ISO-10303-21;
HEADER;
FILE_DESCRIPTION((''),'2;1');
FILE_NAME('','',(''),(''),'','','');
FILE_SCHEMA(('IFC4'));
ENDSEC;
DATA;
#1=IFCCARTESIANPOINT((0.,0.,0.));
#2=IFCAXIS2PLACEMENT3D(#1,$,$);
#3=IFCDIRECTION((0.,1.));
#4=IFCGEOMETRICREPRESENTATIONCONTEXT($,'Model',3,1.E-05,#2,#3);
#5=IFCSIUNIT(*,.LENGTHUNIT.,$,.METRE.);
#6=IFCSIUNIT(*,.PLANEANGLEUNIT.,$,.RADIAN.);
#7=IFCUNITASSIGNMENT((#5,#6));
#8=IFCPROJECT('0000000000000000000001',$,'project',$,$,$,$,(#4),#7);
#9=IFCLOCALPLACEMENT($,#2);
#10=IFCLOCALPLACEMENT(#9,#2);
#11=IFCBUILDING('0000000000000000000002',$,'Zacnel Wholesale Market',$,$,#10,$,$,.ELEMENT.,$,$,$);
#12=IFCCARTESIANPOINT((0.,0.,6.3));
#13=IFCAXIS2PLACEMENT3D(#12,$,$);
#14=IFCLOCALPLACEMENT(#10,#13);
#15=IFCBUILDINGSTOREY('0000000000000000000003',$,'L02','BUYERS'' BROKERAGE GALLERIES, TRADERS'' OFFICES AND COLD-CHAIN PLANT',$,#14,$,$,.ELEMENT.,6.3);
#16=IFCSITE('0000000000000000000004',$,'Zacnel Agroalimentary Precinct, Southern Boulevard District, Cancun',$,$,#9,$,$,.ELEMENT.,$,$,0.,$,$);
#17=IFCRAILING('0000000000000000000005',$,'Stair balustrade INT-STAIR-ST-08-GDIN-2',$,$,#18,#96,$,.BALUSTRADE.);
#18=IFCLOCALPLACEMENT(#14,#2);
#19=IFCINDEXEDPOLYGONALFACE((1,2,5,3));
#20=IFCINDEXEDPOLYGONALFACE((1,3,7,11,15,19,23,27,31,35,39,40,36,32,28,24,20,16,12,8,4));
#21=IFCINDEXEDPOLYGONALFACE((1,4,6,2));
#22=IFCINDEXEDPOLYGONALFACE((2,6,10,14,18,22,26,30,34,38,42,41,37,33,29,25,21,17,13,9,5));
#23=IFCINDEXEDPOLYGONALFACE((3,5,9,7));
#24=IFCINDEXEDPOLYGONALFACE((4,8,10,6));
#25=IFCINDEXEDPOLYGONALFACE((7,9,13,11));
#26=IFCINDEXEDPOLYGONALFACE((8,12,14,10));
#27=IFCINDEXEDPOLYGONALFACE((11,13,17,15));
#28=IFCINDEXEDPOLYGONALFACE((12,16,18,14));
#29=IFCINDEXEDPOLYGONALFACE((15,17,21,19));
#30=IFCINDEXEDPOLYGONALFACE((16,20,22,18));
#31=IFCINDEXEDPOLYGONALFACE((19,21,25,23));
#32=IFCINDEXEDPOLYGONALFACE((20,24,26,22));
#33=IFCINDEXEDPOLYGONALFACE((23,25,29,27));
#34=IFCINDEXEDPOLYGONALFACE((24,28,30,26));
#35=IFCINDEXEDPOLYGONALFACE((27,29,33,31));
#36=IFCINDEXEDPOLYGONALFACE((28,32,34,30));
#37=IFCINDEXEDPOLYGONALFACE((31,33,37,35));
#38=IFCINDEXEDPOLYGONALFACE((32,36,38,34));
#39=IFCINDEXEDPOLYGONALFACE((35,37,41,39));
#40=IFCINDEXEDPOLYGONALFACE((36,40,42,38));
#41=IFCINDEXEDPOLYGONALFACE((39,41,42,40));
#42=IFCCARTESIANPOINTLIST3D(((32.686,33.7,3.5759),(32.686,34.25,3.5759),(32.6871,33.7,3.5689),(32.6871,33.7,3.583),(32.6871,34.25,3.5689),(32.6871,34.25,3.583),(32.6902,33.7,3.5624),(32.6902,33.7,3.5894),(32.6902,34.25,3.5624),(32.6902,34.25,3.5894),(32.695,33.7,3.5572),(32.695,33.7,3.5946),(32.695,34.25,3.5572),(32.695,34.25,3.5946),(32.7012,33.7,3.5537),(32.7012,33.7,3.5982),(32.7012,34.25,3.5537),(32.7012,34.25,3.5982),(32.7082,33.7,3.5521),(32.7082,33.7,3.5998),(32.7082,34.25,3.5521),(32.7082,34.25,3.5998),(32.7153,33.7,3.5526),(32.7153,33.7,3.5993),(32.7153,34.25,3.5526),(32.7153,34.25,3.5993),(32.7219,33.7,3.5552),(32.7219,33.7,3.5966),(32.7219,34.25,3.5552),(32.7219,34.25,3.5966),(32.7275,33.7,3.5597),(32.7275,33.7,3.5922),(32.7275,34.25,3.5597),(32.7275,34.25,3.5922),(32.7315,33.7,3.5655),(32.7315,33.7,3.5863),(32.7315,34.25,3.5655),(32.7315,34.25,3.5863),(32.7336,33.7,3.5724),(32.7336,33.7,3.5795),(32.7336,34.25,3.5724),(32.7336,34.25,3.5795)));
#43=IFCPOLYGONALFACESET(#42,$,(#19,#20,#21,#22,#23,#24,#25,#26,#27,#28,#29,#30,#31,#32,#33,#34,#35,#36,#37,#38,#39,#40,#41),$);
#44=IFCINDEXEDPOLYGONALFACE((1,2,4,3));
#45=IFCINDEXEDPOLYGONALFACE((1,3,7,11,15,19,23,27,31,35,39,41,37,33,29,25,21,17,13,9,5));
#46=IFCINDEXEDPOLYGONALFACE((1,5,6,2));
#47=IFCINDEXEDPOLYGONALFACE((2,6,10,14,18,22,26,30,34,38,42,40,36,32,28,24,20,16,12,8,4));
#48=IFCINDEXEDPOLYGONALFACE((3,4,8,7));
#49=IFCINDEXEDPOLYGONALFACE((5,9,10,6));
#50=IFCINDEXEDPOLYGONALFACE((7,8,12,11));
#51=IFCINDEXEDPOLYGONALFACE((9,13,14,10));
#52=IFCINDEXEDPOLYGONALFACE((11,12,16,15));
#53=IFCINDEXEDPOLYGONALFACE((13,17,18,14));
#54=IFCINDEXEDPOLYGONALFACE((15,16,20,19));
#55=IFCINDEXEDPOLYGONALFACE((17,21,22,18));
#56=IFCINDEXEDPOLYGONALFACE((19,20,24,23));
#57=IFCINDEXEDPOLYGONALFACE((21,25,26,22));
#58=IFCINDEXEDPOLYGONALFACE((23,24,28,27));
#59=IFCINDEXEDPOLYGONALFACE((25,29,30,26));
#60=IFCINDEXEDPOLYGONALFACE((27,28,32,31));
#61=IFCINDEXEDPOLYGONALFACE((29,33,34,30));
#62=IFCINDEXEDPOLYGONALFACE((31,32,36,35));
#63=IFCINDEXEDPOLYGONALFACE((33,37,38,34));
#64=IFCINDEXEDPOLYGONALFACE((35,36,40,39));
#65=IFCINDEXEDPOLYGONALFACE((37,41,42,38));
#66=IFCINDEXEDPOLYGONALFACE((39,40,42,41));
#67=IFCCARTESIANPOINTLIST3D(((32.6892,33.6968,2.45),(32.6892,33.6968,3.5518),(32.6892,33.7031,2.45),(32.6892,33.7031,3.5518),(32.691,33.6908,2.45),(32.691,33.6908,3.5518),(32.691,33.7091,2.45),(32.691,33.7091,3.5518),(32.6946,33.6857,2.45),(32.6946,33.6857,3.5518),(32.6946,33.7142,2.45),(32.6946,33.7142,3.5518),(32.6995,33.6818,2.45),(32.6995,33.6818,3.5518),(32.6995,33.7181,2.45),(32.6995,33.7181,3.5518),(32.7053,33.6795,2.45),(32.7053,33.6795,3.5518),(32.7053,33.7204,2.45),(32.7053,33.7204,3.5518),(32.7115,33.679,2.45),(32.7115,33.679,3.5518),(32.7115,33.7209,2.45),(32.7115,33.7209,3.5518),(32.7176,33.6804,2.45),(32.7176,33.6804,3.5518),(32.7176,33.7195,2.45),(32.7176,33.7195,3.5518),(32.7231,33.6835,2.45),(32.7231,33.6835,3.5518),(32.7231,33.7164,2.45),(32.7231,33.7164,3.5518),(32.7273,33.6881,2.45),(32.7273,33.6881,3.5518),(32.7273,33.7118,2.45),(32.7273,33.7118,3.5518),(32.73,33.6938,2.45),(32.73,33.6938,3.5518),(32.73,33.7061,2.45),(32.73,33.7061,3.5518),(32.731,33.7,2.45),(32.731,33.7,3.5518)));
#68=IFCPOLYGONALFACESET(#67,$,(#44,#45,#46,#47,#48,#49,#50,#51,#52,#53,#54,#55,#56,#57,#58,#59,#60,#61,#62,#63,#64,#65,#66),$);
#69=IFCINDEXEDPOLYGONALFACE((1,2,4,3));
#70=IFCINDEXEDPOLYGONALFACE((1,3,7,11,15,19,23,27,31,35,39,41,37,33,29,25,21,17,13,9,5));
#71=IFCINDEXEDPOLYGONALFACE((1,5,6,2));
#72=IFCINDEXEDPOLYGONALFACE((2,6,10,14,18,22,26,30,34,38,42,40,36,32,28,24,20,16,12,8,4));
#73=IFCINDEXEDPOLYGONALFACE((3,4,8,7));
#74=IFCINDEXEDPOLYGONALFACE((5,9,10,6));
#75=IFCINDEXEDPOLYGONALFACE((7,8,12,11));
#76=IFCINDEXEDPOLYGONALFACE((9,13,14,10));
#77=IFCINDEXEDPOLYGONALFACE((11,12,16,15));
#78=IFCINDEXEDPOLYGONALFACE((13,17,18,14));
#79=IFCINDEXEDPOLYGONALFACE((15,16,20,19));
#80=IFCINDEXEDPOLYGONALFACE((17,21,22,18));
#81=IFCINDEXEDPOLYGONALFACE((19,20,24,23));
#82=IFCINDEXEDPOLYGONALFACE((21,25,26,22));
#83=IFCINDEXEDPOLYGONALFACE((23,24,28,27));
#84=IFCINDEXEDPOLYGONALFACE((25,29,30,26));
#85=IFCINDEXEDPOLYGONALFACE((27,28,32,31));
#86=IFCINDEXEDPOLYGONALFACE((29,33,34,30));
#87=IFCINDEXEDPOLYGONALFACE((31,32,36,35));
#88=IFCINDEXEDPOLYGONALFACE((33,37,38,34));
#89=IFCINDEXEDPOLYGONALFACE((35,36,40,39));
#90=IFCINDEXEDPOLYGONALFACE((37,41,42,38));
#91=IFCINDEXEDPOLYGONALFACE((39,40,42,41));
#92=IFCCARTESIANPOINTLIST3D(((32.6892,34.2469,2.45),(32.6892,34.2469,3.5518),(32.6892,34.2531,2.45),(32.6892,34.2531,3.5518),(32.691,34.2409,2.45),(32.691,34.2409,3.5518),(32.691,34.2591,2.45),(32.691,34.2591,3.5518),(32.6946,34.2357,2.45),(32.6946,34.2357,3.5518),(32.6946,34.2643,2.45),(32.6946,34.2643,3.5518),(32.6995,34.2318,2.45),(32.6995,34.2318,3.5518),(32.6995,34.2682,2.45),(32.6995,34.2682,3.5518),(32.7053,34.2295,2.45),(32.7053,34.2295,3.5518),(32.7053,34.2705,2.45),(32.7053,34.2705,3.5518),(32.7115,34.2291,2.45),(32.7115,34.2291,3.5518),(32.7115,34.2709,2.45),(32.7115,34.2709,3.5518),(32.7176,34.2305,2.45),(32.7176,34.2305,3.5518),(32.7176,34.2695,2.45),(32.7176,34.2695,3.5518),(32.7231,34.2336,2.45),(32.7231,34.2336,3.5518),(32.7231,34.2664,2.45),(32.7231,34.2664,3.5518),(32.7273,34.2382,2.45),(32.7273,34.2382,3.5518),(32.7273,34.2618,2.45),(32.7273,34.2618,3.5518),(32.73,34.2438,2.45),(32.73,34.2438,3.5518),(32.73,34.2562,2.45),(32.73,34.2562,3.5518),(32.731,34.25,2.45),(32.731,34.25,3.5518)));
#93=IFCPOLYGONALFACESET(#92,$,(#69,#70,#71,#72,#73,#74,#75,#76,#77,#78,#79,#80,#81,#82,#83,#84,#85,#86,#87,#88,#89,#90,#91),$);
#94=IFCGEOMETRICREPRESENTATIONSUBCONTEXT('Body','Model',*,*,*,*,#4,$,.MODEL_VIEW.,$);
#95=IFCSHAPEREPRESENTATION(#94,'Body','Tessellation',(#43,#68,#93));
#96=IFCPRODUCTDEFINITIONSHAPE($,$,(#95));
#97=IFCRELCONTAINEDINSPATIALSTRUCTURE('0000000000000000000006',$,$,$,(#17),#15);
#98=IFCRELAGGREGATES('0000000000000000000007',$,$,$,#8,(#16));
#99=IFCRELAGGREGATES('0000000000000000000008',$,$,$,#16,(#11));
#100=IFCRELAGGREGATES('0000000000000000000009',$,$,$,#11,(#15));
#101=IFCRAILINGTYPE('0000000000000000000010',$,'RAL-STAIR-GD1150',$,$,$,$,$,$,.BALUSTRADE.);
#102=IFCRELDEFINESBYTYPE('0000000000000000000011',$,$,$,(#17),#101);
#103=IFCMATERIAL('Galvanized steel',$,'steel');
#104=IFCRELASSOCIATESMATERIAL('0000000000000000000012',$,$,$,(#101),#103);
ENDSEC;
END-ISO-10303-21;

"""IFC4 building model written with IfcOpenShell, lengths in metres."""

from ifc_helpers import new_model, si_unit, direction, frame, origin, origin_2d, place, context, subcontext, project, spatial, circle, extrude, material, type_object, element, save


model = new_model("IFC4")

# Units and contexts
model_context = context("Model", 3, precision=1e-05, world=origin(), true_north=direction((0.0, 1.0)))
body_context = subcontext(model_context, "Body", "Model", "MODEL_VIEW")
ifc_project = project(units=[si_unit("LENGTHUNIT", "METRE"), si_unit("PLANEANGLEUNIT", "RADIAN")], contexts=[model_context])

# Site, building, storey
site_placement = place(None, origin())
site = spatial("IfcSite", under=ifc_project, at=site_placement, Name="Zacnel Agroalimentary Precinct, Southern Boulevard District, Cancun", CompositionType="ELEMENT", RefElevation=0.0)
building_placement = place(site_placement, origin())
building = spatial("IfcBuilding", under=site, at=building_placement, Name="Zacnel Wholesale Market", CompositionType="ELEMENT")
storey_placement = place(building_placement, frame((0.0, 0.0, 6.3)))
storey = spatial("IfcBuildingStorey", under=building, at=storey_placement, Name="L02", Description="BUYERS' BROKERAGE GALLERIES, TRADERS' OFFICES AND COLD-CHAIN PLANT", CompositionType="ELEMENT", Elevation=6.3)

# Railing
ifc_material_1 = material(Name="Galvanized steel", Category="steel")
railing_type = type_object("IfcRailingType", Name="RAL-STAIR-GD1150", PredefinedType="BALUSTRADE", material=ifc_material_1)
railing_1_placement = place(storey_placement, frame((32.71, 33.7, 2.45)))
element("IfcRailing", 1, at=railing_1_placement, inside=storey, type_object=railing_type, Name="Stair balustrade INT-STAIR-ST-08-GDIN-2", PredefinedType="BALUSTRADE", context=body_context, shape_type="SweptSolid", body=[
    extrude(circle(Radius=0.0239, at=origin_2d()), frame((0.0, 0.0, 1.126), z_axis=(0.0, 1.0, 0.0), x_axis=(-1.0, 0.0, 0.0)), (0.0, 0.0, 1.0), 0.55),
    extrude(circle(Radius=0.021, at=origin_2d()), origin(), (0.0, 0.0, 1.0), 1.1018),
    extrude(circle(Radius=0.021, at=origin_2d()), frame((0.0, 0.55, 0.0)), (0.0, 0.0, 1.0), 1.1018),
])

save(model, "model.ifc")
